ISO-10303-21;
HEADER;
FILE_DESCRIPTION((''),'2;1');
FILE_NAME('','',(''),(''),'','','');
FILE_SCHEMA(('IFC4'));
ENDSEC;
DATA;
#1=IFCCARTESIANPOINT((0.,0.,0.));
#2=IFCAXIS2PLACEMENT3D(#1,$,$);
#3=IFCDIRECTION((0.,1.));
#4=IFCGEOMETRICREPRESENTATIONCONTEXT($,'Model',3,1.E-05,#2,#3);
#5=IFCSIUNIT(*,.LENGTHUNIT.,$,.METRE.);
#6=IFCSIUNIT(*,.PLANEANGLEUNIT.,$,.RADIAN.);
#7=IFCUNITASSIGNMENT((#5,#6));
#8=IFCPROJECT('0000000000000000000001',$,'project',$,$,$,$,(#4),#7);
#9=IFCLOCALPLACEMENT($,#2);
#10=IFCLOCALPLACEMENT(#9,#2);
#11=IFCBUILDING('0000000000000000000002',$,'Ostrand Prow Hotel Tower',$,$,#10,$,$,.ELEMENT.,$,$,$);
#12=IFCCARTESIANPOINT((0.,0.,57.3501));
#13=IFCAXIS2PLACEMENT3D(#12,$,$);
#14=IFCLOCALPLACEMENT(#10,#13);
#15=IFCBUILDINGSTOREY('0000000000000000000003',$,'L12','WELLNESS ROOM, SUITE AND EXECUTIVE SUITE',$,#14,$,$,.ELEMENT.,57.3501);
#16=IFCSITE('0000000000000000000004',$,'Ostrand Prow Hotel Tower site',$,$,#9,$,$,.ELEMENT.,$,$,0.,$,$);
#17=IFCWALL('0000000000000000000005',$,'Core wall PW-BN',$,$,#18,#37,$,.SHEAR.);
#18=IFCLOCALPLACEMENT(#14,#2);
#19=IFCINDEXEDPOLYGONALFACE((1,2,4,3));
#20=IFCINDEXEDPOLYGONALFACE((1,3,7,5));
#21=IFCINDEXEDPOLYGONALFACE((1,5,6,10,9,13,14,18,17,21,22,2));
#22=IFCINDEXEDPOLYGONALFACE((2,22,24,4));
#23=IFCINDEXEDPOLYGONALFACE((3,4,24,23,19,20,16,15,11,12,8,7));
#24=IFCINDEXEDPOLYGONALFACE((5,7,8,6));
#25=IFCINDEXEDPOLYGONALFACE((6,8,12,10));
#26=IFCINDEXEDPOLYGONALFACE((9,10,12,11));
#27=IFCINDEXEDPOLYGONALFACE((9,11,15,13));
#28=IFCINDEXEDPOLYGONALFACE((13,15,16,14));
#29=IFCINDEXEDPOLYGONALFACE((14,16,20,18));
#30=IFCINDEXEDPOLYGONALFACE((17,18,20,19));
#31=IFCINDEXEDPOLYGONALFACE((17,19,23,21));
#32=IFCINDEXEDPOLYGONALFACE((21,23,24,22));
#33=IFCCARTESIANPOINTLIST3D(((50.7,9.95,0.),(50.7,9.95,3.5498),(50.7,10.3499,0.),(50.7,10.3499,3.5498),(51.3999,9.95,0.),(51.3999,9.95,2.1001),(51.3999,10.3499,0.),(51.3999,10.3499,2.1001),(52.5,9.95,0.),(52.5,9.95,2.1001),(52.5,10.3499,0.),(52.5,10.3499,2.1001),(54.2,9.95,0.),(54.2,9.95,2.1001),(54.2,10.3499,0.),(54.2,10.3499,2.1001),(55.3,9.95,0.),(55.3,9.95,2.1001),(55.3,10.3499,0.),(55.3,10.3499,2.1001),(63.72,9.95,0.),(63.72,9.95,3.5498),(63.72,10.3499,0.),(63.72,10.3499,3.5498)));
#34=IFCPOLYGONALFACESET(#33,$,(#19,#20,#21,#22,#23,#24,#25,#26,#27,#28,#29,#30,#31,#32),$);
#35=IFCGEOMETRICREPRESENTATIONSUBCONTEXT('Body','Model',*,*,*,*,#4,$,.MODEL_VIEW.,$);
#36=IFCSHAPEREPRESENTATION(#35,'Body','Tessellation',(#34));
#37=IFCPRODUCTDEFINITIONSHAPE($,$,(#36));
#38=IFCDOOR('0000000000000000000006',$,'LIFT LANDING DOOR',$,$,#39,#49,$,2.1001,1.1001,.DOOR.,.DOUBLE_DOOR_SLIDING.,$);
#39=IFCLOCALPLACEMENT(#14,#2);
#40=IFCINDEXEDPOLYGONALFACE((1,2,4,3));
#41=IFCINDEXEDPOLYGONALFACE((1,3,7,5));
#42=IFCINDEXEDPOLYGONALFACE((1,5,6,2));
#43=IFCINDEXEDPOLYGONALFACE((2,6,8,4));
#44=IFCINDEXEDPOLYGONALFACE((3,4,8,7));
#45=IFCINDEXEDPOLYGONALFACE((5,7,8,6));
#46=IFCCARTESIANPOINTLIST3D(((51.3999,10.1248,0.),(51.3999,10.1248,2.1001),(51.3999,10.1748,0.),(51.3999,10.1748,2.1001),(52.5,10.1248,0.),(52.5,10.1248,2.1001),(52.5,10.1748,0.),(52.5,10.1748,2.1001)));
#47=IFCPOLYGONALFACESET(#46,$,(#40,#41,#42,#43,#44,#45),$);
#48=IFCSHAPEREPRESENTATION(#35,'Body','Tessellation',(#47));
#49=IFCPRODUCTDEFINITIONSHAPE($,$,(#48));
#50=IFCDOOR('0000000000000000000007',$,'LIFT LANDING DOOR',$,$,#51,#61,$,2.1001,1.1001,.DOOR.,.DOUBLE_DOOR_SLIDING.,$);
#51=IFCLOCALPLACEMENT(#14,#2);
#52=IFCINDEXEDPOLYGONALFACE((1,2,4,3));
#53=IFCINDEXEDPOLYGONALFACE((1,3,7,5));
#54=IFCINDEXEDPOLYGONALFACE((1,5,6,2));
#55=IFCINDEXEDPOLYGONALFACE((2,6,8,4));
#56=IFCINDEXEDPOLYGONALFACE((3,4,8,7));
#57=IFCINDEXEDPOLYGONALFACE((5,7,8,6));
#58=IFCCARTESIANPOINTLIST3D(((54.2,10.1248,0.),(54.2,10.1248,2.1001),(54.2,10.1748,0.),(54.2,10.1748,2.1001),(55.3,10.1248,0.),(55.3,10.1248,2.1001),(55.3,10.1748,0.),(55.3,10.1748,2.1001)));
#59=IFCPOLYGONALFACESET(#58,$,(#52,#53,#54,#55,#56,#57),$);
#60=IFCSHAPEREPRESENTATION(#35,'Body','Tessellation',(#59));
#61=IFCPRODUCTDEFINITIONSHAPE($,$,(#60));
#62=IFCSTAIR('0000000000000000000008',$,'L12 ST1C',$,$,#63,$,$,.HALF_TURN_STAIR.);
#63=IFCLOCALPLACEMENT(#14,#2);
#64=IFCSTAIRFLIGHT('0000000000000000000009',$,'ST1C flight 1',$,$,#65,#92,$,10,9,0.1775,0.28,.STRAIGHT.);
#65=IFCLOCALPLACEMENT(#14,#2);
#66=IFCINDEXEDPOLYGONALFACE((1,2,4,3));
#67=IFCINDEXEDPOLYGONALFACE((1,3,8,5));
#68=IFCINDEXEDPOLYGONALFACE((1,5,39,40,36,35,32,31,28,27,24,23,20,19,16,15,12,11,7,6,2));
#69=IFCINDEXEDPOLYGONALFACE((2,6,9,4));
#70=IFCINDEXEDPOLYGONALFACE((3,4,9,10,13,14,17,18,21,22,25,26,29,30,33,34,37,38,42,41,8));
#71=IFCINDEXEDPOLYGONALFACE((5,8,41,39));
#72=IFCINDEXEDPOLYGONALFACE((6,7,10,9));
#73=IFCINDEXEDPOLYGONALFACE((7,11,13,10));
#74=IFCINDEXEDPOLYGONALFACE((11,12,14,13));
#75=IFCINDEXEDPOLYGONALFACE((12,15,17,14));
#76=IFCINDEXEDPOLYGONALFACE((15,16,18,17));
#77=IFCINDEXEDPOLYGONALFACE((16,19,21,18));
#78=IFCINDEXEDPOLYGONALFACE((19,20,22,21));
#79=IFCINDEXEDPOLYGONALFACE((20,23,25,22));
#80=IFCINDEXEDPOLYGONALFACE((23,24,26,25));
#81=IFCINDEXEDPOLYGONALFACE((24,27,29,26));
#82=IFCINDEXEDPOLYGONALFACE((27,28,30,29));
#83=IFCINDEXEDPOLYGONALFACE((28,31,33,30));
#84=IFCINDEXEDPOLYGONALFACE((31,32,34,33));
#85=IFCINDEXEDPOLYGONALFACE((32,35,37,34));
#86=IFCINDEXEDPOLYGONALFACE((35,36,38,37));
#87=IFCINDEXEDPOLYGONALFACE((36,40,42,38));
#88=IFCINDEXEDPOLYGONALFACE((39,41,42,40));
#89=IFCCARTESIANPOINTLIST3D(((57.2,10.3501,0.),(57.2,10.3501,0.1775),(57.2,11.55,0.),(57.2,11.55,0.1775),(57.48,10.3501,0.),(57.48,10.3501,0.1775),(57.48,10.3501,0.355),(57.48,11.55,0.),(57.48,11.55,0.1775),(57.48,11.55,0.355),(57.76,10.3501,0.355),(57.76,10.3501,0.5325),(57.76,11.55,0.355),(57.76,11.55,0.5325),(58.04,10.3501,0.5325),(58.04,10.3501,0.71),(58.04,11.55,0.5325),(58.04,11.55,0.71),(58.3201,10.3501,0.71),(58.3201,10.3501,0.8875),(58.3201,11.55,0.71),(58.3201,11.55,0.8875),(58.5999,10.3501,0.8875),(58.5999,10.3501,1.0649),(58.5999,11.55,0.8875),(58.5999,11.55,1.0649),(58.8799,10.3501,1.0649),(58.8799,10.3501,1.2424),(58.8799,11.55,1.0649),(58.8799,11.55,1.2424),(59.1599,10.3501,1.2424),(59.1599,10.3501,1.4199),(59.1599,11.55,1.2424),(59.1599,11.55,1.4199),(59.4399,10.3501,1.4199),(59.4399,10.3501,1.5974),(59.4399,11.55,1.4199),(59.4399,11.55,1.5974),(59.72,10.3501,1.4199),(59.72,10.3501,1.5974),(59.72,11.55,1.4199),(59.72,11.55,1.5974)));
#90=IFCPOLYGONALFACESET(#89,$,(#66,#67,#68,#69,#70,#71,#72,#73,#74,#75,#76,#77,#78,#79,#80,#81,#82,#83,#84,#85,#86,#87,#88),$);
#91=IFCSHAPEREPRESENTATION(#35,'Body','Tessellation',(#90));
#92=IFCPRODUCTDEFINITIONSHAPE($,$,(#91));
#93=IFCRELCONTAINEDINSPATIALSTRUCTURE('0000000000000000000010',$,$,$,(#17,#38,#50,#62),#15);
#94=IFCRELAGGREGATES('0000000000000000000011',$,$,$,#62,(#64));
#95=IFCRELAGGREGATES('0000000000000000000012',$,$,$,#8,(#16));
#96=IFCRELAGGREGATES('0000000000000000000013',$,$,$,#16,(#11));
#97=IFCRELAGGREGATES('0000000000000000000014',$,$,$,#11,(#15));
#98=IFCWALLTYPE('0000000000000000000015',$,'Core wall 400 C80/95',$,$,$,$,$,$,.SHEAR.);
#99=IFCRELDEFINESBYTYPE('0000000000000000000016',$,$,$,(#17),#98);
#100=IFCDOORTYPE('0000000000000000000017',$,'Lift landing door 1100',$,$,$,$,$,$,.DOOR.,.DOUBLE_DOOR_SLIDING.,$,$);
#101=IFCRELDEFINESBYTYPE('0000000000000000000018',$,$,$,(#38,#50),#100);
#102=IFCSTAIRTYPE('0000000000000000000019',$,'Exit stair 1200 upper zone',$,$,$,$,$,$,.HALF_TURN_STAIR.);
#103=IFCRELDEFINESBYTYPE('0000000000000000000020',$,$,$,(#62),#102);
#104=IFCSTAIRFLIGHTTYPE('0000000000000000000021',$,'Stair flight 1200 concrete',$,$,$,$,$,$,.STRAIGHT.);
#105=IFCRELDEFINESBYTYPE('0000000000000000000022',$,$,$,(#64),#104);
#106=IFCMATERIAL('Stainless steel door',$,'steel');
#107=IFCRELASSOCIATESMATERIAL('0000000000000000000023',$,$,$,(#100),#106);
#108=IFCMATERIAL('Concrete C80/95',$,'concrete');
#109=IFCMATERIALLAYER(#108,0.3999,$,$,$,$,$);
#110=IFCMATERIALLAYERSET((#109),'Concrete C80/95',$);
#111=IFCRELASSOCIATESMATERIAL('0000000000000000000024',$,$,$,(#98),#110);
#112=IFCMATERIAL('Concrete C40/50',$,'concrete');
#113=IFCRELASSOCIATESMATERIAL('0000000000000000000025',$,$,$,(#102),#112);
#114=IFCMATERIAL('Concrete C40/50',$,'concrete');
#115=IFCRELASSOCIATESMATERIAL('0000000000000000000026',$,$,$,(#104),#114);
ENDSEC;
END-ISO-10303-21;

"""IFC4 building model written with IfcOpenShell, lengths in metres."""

from ifc_helpers import new_model, si_unit, direction, frame, frame_2d, origin, place, context, subcontext, project, spatial, polyline, rectangle, outline, extrude, material, layer, layer_set, type_object, element, fill, aggregate, save


model = new_model("IFC4")

# Units and contexts
model_context = context("Model", 3, precision=1e-05, world=origin(), true_north=direction((0.0, 1.0)))
body_context = subcontext(model_context, "Body", "Model", "MODEL_VIEW")
ifc_project = project(units=[si_unit("LENGTHUNIT", "METRE"), si_unit("PLANEANGLEUNIT", "RADIAN")], contexts=[model_context])

# Site, building, storey
site_placement = place(None, origin())
site = spatial("IfcSite", under=ifc_project, at=site_placement, Name="Ostrand Prow Hotel Tower site", CompositionType="ELEMENT", RefElevation=0.0)
building_placement = place(site_placement, origin())
building = spatial("IfcBuilding", under=site, at=building_placement, Name="Ostrand Prow Hotel Tower", CompositionType="ELEMENT")
storey_placement = place(building_placement, frame((0.0, 0.0, 57.3501)))
storey = spatial("IfcBuildingStorey", under=building, at=storey_placement, Name="L12", Description="WELLNESS ROOM, SUITE AND EXECUTIVE SUITE", CompositionType="ELEMENT", Elevation=57.3501)

# Shared definitions
ifc_material_1 = material(Name="Stainless steel door", Category="steel")
door_type_1 = type_object("IfcDoorType", Name="Lift landing door 1100", OperationType="DOUBLE_DOOR_SLIDING", PredefinedType="DOOR", material=ifc_material_1)

# Wall, openings, doors
ifc_material_2 = material(Name="Concrete C80/95", Category="concrete")
ifc_layer_1 = layer(ifc_material_2, 0.3999)
ifc_layer_set_1 = layer_set([ifc_layer_1], Name="Concrete C80/95")
wall_type_1 = type_object("IfcWallType", Name="Core wall 400 C80/95", PredefinedType="SHEAR", material=ifc_layer_set_1)
wall_1_placement = place(storey_placement, frame((50.7, 10.1499, 0.0), z_axis=(0.0, 0.0, 1.0), x_axis=(1.0, 0.0, 0.0)))
wall_1 = element("IfcWall", 1, at=wall_1_placement, inside=storey, type_object=wall_type_1, Name="Core wall PW-BN", PredefinedType="SHEAR", context=body_context, shape_type="SweptSolid", body=[
    extrude(rectangle(XDim=13.02, YDim=0.3999, at=frame_2d((6.51, 0.0))), origin(), (0.0, 0.0, 1.0), 3.5498),
])
opening_1_placement = place(wall_1_placement, frame((0.7, 0.0, 0.0)))
opening_1 = element("IfcOpeningElement", 2, at=opening_1_placement, cuts=wall_1, PredefinedType="OPENING", context=body_context, shape_type="SweptSolid", body=[
    extrude(rectangle(XDim=1.1001, YDim=2.1001, at=frame_2d((0.55, 1.05))), frame((0.0, 0.21, 0.0), z_axis=(0.0, -1.0, 0.0), x_axis=(1.0, 0.0, 0.0)), (0.0, 0.0, 1.0), 0.4199),
])
opening_2_placement = place(wall_1_placement, frame((3.5, 0.0, 0.0)))
opening_2 = element("IfcOpeningElement", 3, at=opening_2_placement, cuts=wall_1, PredefinedType="OPENING", context=body_context, shape_type="SweptSolid", body=[
    extrude(rectangle(XDim=1.1001, YDim=2.1001, at=frame_2d((0.55, 1.05))), frame((0.0, 0.21, 0.0), z_axis=(0.0, -1.0, 0.0), x_axis=(1.0, 0.0, 0.0)), (0.0, 0.0, 1.0), 0.4199),
])
door_1_placement = place(opening_1_placement, origin())
door_1 = element("IfcDoor", 4, at=door_1_placement, inside=storey, type_object=door_type_1, Name="LIFT LANDING DOOR", OperationType="DOUBLE_DOOR_SLIDING", OverallHeight=2.1001, OverallWidth=1.1001, PredefinedType="DOOR", context=body_context, shape_type="SweptSolid", body=[
    extrude(rectangle(XDim=1.1001, YDim=2.1001, at=frame_2d((0.55, 1.05))), frame((0.0, 0.0249, 0.0), z_axis=(0.0, -1.0, 0.0), x_axis=(1.0, 0.0, 0.0)), (0.0, 0.0, 1.0), 0.05),
])
fill(opening_1, door_1)
door_2_placement = place(opening_2_placement, origin())
door_2 = element("IfcDoor", 5, at=door_2_placement, inside=storey, type_object=door_type_1, Name="LIFT LANDING DOOR", OperationType="DOUBLE_DOOR_SLIDING", OverallHeight=2.1001, OverallWidth=1.1001, PredefinedType="DOOR", context=body_context, shape_type="SweptSolid", body=[
    extrude(rectangle(XDim=1.1001, YDim=2.1001, at=frame_2d((0.55, 1.05))), frame((0.0, 0.0249, 0.0), z_axis=(0.0, -1.0, 0.0), x_axis=(1.0, 0.0, 0.0)), (0.0, 0.0, 1.0), 0.05),
])
fill(opening_2, door_2)

# Stair, stair flight
ifc_material_3 = material(Name="Concrete C40/50", Category="concrete")
stair_type = type_object("IfcStairType", Name="Exit stair 1200 upper zone", PredefinedType="HALF_TURN_STAIR", material=ifc_material_3)
stair_placement = place(storey_placement, origin())
stair = element("IfcStair", 6, at=stair_placement, inside=storey, type_object=stair_type, Name="L12 ST1C", PredefinedType="HALF_TURN_STAIR")
ifc_material_4 = material(Name="Concrete C40/50", Category="concrete")
stair_flight_type = type_object("IfcStairFlightType", Name="Stair flight 1200 concrete", PredefinedType="STRAIGHT", material=ifc_material_4)
stair_flight_placement = place(storey_placement, frame((57.2, 10.95, 0.0), z_axis=(0.0, 0.0, 1.0), x_axis=(1.0, 0.0, 0.0)))
stair_flight = element("IfcStairFlight", 7, at=stair_flight_placement, type_object=stair_flight_type, Name="ST1C flight 1", NumberOfRisers=10, NumberOfTreads=9, PredefinedType="STRAIGHT", RiserHeight=0.1775, TreadLength=0.28, context=body_context, shape_type="SweptSolid", body=[
    extrude(outline(polyline([(0.0, 0.0), (0.0, 0.1775), (0.28, 0.1775), (0.28, 0.355), (0.5601, 0.355), (0.5601, 0.5325), (0.8401, 0.5325), (0.8401, 0.71), (1.1201, 0.71), (1.1201, 0.8875), (1.3999, 0.8875), (1.3999, 1.0649), (1.6799, 1.0649), (1.6799, 1.2424), (1.96, 1.2424), (1.96, 1.4199), (2.24, 1.4199), (2.24, 1.5974), (2.52, 1.5974), (2.52, 1.7749), (2.52, 1.4199), (0.28, 0.0), (0.0, 0.0)])), frame((0.0, 0.6001, 0.0), z_axis=(0.0, -1.0, 0.0), x_axis=(1.0, 0.0, 0.0)), (0.0, 0.0, 1.0), 1.2),
])
aggregate(stair, [stair_flight])

save(model, "model.ifc")
